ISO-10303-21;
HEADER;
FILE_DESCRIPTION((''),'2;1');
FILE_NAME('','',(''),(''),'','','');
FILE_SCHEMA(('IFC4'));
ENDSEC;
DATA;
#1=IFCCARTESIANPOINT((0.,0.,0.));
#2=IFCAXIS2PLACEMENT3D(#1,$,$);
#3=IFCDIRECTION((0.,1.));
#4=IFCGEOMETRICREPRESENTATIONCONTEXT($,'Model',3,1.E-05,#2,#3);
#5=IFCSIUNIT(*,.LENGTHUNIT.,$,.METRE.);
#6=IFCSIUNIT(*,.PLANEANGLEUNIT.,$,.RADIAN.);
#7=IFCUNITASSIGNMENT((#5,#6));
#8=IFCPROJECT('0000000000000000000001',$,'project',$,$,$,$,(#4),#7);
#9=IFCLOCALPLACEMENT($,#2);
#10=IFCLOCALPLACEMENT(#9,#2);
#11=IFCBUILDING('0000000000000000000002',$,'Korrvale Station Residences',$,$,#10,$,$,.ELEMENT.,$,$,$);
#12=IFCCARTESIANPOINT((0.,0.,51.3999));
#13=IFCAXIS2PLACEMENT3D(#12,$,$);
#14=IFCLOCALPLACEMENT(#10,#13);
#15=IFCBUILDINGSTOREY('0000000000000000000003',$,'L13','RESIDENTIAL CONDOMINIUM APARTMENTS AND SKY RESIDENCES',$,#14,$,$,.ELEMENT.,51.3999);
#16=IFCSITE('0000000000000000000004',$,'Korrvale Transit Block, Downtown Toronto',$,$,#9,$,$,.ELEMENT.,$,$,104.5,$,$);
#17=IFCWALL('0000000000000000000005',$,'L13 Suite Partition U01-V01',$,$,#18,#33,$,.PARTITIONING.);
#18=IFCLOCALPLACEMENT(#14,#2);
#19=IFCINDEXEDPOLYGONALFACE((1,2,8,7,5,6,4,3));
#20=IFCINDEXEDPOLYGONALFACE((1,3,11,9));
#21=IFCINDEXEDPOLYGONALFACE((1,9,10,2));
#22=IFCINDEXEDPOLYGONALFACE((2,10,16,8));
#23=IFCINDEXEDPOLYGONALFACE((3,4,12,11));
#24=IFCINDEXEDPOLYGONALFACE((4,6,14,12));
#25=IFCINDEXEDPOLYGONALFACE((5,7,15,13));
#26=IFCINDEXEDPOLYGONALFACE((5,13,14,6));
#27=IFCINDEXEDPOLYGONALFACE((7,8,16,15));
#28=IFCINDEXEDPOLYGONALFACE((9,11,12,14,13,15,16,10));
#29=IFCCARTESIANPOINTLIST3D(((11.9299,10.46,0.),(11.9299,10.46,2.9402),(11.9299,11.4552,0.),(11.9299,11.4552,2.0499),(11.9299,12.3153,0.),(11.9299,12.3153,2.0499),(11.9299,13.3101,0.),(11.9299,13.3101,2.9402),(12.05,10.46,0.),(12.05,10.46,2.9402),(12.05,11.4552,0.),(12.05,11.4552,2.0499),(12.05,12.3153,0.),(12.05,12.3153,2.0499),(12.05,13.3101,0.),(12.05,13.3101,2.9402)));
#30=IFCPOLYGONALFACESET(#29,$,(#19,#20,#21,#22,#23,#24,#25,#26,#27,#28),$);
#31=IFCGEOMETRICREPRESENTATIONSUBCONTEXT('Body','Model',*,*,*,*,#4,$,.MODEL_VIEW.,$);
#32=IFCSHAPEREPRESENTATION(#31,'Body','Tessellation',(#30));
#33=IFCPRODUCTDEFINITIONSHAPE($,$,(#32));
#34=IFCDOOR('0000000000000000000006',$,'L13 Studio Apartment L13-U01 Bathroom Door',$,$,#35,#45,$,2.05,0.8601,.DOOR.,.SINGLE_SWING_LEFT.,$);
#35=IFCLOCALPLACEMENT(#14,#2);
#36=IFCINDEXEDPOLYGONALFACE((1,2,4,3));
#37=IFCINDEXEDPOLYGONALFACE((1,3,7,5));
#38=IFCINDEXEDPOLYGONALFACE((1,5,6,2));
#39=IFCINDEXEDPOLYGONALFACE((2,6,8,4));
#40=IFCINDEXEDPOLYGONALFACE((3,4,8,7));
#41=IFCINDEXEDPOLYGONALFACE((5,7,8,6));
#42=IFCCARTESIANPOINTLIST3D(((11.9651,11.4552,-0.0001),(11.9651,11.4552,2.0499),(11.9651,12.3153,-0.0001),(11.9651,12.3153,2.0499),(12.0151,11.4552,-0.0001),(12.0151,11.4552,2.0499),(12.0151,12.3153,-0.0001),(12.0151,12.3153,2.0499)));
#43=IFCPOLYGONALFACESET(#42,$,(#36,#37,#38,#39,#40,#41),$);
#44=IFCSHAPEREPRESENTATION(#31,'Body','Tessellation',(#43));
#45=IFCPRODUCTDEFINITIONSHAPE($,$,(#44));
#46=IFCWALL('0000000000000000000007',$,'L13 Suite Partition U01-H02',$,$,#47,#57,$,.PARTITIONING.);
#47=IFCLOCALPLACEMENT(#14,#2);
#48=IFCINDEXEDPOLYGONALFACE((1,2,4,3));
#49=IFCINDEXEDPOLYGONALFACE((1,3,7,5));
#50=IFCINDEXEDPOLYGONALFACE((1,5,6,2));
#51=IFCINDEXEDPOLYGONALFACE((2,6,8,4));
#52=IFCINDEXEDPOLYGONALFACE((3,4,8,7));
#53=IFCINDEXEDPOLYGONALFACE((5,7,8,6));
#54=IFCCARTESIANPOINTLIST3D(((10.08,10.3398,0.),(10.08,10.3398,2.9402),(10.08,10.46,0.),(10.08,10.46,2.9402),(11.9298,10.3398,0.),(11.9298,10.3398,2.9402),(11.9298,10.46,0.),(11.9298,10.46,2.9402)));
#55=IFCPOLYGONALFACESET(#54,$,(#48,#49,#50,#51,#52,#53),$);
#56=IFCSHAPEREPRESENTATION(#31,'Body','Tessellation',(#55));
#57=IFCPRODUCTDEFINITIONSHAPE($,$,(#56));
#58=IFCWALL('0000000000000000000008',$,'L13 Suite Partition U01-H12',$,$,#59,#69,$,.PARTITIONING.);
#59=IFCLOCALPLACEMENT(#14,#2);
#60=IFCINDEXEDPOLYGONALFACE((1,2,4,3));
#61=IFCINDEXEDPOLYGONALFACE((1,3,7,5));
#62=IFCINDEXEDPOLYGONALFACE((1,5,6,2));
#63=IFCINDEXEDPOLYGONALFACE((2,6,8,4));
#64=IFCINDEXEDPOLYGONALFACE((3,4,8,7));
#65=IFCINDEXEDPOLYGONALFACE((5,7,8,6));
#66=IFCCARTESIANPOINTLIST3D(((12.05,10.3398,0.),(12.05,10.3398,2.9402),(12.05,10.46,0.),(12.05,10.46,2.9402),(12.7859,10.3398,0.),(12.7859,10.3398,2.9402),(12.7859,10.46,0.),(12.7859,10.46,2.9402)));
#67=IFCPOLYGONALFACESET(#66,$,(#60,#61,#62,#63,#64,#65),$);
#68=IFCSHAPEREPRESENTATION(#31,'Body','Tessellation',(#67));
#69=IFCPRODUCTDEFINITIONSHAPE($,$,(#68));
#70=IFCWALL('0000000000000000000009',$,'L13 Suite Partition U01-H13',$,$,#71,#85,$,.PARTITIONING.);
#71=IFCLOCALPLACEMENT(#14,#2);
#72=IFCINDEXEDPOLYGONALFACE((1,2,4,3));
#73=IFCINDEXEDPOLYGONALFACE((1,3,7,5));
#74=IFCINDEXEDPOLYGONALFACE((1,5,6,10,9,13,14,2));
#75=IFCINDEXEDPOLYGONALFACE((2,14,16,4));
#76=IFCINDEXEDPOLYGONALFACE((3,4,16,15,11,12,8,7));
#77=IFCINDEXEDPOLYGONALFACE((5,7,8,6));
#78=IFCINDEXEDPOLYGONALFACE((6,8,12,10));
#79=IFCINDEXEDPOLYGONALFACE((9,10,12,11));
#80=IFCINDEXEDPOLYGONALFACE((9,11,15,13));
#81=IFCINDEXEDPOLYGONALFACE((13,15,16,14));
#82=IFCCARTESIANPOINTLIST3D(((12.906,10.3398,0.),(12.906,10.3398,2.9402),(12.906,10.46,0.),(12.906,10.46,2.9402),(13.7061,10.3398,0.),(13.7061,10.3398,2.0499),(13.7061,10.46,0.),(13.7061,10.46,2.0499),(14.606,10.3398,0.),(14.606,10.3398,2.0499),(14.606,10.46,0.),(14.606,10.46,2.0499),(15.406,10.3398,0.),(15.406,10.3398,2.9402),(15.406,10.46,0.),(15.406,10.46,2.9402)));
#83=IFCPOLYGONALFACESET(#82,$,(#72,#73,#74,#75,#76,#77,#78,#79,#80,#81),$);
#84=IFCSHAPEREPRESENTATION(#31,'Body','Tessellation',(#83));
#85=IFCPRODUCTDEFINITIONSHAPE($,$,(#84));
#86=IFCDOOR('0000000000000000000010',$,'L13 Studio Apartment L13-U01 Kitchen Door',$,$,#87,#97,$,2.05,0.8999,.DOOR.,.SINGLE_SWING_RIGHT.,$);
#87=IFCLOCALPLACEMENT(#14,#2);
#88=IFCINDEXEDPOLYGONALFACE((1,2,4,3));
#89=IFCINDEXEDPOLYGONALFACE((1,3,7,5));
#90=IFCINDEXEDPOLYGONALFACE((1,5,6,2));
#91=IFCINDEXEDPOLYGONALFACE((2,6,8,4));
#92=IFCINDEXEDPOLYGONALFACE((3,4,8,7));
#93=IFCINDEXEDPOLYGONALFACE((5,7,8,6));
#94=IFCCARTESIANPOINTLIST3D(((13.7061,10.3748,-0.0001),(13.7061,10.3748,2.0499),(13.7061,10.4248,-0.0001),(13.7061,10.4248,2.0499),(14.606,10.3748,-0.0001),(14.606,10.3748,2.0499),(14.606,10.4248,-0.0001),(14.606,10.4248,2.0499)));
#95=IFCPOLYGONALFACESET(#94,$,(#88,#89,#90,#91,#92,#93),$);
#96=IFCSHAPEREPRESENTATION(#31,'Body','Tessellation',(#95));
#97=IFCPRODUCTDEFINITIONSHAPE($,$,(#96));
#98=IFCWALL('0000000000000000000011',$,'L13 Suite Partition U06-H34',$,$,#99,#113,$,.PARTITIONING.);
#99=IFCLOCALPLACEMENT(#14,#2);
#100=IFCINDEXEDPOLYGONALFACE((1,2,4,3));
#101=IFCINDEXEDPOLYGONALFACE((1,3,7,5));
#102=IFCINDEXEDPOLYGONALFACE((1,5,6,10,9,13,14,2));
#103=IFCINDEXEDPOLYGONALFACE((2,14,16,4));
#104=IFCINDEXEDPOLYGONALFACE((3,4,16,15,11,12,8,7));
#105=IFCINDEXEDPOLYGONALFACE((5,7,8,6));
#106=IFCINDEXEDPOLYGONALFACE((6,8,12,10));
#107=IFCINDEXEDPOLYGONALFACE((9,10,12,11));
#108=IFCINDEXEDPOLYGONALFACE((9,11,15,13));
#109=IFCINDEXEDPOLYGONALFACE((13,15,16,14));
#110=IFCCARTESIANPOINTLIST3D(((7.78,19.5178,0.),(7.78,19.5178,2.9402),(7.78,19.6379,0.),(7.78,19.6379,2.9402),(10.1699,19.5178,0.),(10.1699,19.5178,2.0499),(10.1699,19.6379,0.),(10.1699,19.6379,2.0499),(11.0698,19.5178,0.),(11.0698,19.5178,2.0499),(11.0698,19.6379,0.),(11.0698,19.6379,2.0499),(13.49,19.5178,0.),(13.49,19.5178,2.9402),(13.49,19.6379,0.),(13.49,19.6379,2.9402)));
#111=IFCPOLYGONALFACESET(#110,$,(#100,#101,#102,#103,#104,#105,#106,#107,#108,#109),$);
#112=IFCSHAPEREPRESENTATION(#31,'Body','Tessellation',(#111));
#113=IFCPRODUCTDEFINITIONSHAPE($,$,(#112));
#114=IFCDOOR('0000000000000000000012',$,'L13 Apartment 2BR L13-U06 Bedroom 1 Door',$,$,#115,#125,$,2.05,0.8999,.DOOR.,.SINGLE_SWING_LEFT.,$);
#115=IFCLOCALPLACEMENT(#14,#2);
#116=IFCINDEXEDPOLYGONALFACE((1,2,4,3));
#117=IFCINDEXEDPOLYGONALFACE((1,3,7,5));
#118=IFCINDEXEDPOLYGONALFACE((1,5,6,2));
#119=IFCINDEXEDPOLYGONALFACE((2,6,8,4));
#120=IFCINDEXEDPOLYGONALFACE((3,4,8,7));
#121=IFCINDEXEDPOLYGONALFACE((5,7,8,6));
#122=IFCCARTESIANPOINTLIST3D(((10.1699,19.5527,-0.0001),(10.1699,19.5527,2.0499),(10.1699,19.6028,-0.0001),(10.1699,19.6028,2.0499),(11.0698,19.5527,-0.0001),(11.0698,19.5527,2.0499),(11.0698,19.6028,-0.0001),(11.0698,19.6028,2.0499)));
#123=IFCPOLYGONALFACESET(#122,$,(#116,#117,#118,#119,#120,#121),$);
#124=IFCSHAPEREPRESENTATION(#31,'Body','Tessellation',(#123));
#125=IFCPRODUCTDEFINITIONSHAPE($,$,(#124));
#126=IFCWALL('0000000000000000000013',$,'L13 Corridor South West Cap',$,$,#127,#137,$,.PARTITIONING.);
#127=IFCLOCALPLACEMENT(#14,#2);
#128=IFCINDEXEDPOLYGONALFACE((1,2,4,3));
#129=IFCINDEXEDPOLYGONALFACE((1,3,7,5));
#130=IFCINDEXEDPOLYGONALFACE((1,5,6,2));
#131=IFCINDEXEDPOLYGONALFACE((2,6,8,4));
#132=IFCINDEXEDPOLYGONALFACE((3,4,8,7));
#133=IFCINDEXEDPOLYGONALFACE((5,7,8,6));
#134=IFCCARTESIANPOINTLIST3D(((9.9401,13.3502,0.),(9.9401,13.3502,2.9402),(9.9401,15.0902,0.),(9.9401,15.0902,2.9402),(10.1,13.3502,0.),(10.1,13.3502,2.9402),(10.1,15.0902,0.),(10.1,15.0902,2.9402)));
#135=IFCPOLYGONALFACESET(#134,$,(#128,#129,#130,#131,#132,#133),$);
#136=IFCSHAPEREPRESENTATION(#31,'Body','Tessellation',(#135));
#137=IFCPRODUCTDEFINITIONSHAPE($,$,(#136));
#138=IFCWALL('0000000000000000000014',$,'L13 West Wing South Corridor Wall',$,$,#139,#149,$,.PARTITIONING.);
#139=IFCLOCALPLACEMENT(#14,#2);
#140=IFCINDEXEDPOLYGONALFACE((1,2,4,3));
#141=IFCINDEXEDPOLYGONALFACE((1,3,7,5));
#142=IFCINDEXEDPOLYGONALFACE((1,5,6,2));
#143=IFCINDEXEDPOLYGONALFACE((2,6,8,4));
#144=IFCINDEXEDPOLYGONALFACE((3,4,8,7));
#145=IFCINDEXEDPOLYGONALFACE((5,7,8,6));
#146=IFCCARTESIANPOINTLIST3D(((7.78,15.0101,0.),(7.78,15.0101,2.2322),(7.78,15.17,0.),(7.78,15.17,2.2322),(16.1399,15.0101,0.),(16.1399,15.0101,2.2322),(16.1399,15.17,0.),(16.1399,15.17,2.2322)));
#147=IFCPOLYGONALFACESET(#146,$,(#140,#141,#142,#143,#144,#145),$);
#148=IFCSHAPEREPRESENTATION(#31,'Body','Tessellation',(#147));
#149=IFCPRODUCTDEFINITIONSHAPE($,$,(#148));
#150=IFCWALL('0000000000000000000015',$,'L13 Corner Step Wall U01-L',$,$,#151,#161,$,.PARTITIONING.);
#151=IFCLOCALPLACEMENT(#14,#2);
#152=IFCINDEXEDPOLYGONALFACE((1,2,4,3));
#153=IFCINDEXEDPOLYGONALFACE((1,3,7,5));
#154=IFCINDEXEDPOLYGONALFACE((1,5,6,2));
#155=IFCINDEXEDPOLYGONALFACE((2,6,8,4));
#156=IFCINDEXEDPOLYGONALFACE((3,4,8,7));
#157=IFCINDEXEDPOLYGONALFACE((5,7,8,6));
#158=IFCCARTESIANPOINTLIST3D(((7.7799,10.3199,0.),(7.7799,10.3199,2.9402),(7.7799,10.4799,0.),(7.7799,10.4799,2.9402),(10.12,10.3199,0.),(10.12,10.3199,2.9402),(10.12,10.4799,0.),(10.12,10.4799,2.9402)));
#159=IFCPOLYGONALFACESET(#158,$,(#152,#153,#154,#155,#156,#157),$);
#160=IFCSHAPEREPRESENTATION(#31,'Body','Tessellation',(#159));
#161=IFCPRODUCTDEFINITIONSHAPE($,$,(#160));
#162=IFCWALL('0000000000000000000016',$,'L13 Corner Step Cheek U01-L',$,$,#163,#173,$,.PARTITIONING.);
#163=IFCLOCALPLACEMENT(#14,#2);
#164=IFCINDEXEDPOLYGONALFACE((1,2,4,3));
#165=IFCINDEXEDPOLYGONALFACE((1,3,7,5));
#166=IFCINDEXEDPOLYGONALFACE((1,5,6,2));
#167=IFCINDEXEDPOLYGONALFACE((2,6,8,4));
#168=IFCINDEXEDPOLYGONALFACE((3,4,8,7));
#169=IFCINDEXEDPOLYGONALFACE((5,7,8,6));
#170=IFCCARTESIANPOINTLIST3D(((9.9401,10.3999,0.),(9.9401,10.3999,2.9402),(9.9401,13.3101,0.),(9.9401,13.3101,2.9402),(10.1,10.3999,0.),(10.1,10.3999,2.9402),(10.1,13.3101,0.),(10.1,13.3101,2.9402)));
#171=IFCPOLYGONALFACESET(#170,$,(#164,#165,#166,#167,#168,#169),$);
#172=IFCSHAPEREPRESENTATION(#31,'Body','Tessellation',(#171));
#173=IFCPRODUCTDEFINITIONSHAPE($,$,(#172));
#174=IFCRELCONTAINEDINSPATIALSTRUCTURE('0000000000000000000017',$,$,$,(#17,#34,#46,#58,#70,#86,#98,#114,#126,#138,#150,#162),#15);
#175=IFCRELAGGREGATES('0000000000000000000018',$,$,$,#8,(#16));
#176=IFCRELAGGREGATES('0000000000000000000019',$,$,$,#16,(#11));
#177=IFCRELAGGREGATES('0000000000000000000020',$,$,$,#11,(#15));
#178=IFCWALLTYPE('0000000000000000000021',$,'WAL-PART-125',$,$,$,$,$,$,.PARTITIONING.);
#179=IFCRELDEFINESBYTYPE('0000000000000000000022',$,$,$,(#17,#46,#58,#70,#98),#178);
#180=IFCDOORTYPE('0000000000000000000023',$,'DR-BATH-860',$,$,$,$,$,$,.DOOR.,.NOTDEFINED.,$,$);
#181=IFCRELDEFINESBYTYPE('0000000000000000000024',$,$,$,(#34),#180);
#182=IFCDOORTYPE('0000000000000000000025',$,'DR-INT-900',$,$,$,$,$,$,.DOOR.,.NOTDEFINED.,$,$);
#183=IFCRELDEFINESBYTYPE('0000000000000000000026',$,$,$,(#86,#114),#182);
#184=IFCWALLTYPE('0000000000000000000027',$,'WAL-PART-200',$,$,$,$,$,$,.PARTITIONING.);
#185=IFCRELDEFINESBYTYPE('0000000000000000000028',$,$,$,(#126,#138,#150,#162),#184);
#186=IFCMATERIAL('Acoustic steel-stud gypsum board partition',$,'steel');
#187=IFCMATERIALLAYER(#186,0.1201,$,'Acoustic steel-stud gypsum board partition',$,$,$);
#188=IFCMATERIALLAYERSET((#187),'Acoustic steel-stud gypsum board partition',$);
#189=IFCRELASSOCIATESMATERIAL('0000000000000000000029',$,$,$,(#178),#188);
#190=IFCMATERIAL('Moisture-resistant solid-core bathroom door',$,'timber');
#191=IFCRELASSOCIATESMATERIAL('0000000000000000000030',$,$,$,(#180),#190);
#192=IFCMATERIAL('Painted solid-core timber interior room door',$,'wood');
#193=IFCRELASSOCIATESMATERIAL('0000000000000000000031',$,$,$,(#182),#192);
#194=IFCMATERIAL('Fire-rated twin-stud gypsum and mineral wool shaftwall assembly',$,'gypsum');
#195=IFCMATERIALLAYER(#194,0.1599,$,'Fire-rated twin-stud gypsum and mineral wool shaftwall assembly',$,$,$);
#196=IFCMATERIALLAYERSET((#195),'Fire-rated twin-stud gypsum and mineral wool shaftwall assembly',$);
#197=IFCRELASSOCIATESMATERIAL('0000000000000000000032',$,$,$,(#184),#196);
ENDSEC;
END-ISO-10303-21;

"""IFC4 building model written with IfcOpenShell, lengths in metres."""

from ifc_helpers import new_model, si_unit, direction, frame, frame_2d, origin, place, context, subcontext, project, spatial, rectangle, extrude, material, layer, layer_set, type_object, element, fill, save


model = new_model("IFC4")

# Units and contexts
model_context = context("Model", 3, precision=1e-05, world=origin(), true_north=direction((0.0, 1.0)))
body_context = subcontext(model_context, "Body", "Model", "MODEL_VIEW")
ifc_project = project(units=[si_unit("LENGTHUNIT", "METRE"), si_unit("PLANEANGLEUNIT", "RADIAN")], contexts=[model_context])

# Site, building, storey
site_placement = place(None, origin())
site = spatial("IfcSite", under=ifc_project, at=site_placement, Name="Korrvale Transit Block, Downtown Toronto", CompositionType="ELEMENT", RefElevation=104.5)
building_placement = place(site_placement, origin())
building = spatial("IfcBuilding", under=site, at=building_placement, Name="Korrvale Station Residences", CompositionType="ELEMENT")
storey_placement = place(building_placement, frame((0.0, 0.0, 51.3999)))
storey = spatial("IfcBuildingStorey", under=building, at=storey_placement, Name="L13", Description="RESIDENTIAL CONDOMINIUM APARTMENTS AND SKY RESIDENCES", CompositionType="ELEMENT", Elevation=51.3999)

# Wall, opening, door
ifc_material_1 = material(Name="Acoustic steel-stud gypsum board partition", Category="steel")
ifc_layer_1 = layer(ifc_material_1, 0.1201, Name="Acoustic steel-stud gypsum board partition")
ifc_layer_set_1 = layer_set([ifc_layer_1], Name="Acoustic steel-stud gypsum board partition")
wall_type_1 = type_object("IfcWallType", Name="WAL-PART-125", PredefinedType="PARTITIONING", material=ifc_layer_set_1)
wall_1_placement = place(storey_placement, frame((11.99, 10.46, 0.0), z_axis=(0.0, 0.0, 1.0), x_axis=(0.0, 1.0, 0.0)))
wall_1 = element("IfcWall", 1, at=wall_1_placement, inside=storey, type_object=wall_type_1, Name="L13 Suite Partition U01-V01", PredefinedType="PARTITIONING", context=body_context, shape_type="SweptSolid", body=[
    extrude(rectangle(XDim=2.8501, YDim=0.1201, at=frame_2d((1.425, 0.0))), origin(), (0.0, 0.0, 1.0), 2.9402),
])
opening_1_placement = place(wall_1_placement, frame((0.9951, 0.0, 0.0)))
opening_1 = element("IfcOpeningElement", 2, at=opening_1_placement, cuts=wall_1, PredefinedType="OPENING", context=body_context, shape_type="SweptSolid", body=[
    extrude(rectangle(XDim=0.8601, YDim=2.05, at=frame_2d((0.4302, 1.0249))), frame((0.0, 0.0701, 0.0), z_axis=(0.0, -1.0, 0.0), x_axis=(1.0, 0.0, 0.0)), (0.0, 0.0, 1.0), 0.1401),
])
ifc_material_2 = material(Name="Moisture-resistant solid-core bathroom door", Category="timber")
door_type_1 = type_object("IfcDoorType", Name="DR-BATH-860", OperationType="NOTDEFINED", PredefinedType="DOOR", material=ifc_material_2)
door_1_placement = place(opening_1_placement, origin())
door_1 = element("IfcDoor", 3, at=door_1_placement, inside=storey, type_object=door_type_1, Name="L13 Studio Apartment L13-U01 Bathroom Door", OperationType="SINGLE_SWING_LEFT", OverallHeight=2.05, OverallWidth=0.8601, PredefinedType="DOOR", context=body_context, shape_type="SweptSolid", body=[
    extrude(rectangle(XDim=0.8601, YDim=2.05, at=frame_2d((0.4302, 1.0249))), frame((0.0, 0.0249, 0.0), z_axis=(0.0, -1.0, 0.0), x_axis=(1.0, 0.0, 0.0)), (0.0, 0.0, 1.0), 0.05),
])
fill(opening_1, door_1)

# Walls
wall_2_placement = place(storey_placement, frame((10.0801, 10.3999, 0.0), z_axis=(0.0, 0.0, 1.0), x_axis=(1.0, 0.0, 0.0)))
element("IfcWall", 4, at=wall_2_placement, inside=storey, type_object=wall_type_1, Name="L13 Suite Partition U01-H02", PredefinedType="PARTITIONING", context=body_context, shape_type="SweptSolid", body=[
    extrude(rectangle(XDim=1.8499, YDim=0.1201, at=frame_2d((0.9248, 0.0))), origin(), (0.0, 0.0, 1.0), 2.9402),
])
wall_3_placement = place(storey_placement, frame((12.05, 10.3999, 0.0), z_axis=(0.0, 0.0, 1.0), x_axis=(1.0, 0.0, 0.0)))
element("IfcWall", 5, at=wall_3_placement, inside=storey, type_object=wall_type_1, Name="L13 Suite Partition U01-H12", PredefinedType="PARTITIONING", context=body_context, shape_type="SweptSolid", body=[
    extrude(rectangle(XDim=0.7358, YDim=0.1201, at=frame_2d((0.3679, 0.0))), origin(), (0.0, 0.0, 1.0), 2.9402),
])

# Walls, openings, doors
wall_4_placement = place(storey_placement, frame((12.906, 10.3999, 0.0), z_axis=(0.0, 0.0, 1.0), x_axis=(1.0, 0.0, 0.0)))
wall_4 = element("IfcWall", 6, at=wall_4_placement, inside=storey, type_object=wall_type_1, Name="L13 Suite Partition U01-H13", PredefinedType="PARTITIONING", context=body_context, shape_type="SweptSolid", body=[
    extrude(rectangle(XDim=2.5, YDim=0.1201, at=frame_2d((1.25, 0.0))), origin(), (0.0, 0.0, 1.0), 2.9402),
])
opening_2_placement = place(wall_4_placement, frame((0.8, 0.0, 0.0)))
opening_2 = element("IfcOpeningElement", 7, at=opening_2_placement, cuts=wall_4, PredefinedType="OPENING", context=body_context, shape_type="SweptSolid", body=[
    extrude(rectangle(XDim=0.8999, YDim=2.05, at=frame_2d((0.45, 1.0249))), frame((0.0, 0.0701, 0.0), z_axis=(0.0, -1.0, 0.0), x_axis=(1.0, 0.0, 0.0)), (0.0, 0.0, 1.0), 0.1401),
])
ifc_material_3 = material(Name="Painted solid-core timber interior room door", Category="wood")
door_type_2 = type_object("IfcDoorType", Name="DR-INT-900", OperationType="NOTDEFINED", PredefinedType="DOOR", material=ifc_material_3)
door_2_placement = place(opening_2_placement, origin())
door_2 = element("IfcDoor", 8, at=door_2_placement, inside=storey, type_object=door_type_2, Name="L13 Studio Apartment L13-U01 Kitchen Door", OperationType="SINGLE_SWING_RIGHT", OverallHeight=2.05, OverallWidth=0.8999, PredefinedType="DOOR", context=body_context, shape_type="SweptSolid", body=[
    extrude(rectangle(XDim=0.8999, YDim=2.05, at=frame_2d((0.45, 1.0249))), frame((0.0, 0.0249, 0.0), z_axis=(0.0, -1.0, 0.0), x_axis=(1.0, 0.0, 0.0)), (0.0, 0.0, 1.0), 0.05),
])
fill(opening_2, door_2)
wall_5_placement = place(storey_placement, frame((7.78, 19.5779, 0.0), z_axis=(0.0, 0.0, 1.0), x_axis=(1.0, 0.0, 0.0)))
wall_5 = element("IfcWall", 9, at=wall_5_placement, inside=storey, type_object=wall_type_1, Name="L13 Suite Partition U06-H34", PredefinedType="PARTITIONING", context=body_context, shape_type="SweptSolid", body=[
    extrude(rectangle(XDim=5.71, YDim=0.1201, at=frame_2d((2.855, 0.0))), origin(), (0.0, 0.0, 1.0), 2.9402),
])
opening_3_placement = place(wall_5_placement, frame((2.3899, 0.0, 0.0)))
opening_3 = element("IfcOpeningElement", 10, at=opening_3_placement, cuts=wall_5, PredefinedType="OPENING", context=body_context, shape_type="SweptSolid", body=[
    extrude(rectangle(XDim=0.8999, YDim=2.05, at=frame_2d((0.45, 1.0249))), frame((0.0, 0.0701, 0.0), z_axis=(0.0, -1.0, 0.0), x_axis=(1.0, 0.0, 0.0)), (0.0, 0.0, 1.0), 0.1401),
])
door_3_placement = place(opening_3_placement, origin())
door_3 = element("IfcDoor", 11, at=door_3_placement, inside=storey, type_object=door_type_2, Name="L13 Apartment 2BR L13-U06 Bedroom 1 Door", OperationType="SINGLE_SWING_LEFT", OverallHeight=2.05, OverallWidth=0.8999, PredefinedType="DOOR", context=body_context, shape_type="SweptSolid", body=[
    extrude(rectangle(XDim=0.8999, YDim=2.05, at=frame_2d((0.45, 1.0249))), frame((0.0, 0.0249, 0.0), z_axis=(0.0, -1.0, 0.0), x_axis=(1.0, 0.0, 0.0)), (0.0, 0.0, 1.0), 0.05),
])
fill(opening_3, door_3)

# Walls
ifc_material_4 = material(Name="Fire-rated twin-stud gypsum and mineral wool shaftwall assembly", Category="gypsum")
ifc_layer_2 = layer(ifc_material_4, 0.1599, Name="Fire-rated twin-stud gypsum and mineral wool shaftwall assembly")
ifc_layer_set_2 = layer_set([ifc_layer_2], Name="Fire-rated twin-stud gypsum and mineral wool shaftwall assembly")
wall_type_2 = type_object("IfcWallType", Name="WAL-PART-200", PredefinedType="PARTITIONING", material=ifc_layer_set_2)
wall_6_placement = place(storey_placement, frame((10.02, 13.3501, 0.0), z_axis=(0.0, 0.0, 1.0), x_axis=(0.0, 1.0, 0.0)))
element("IfcWall", 12, at=wall_6_placement, inside=storey, type_object=wall_type_2, Name="L13 Corridor South West Cap", PredefinedType="PARTITIONING", context=body_context, shape_type="SweptSolid", body=[
    extrude(rectangle(XDim=1.74, YDim=0.1599, at=frame_2d((0.8701, 0.0))), origin(), (0.0, 0.0, 1.0), 2.9402),
])
wall_7_placement = place(storey_placement, frame((7.78, 15.0901, 0.0), z_axis=(0.0, 0.0, 1.0), x_axis=(1.0, 0.0, 0.0)))
element("IfcWall", 13, at=wall_7_placement, inside=storey, type_object=wall_type_2, Name="L13 West Wing South Corridor Wall", PredefinedType="PARTITIONING", context=body_context, shape_type="SweptSolid", body=[
    extrude(rectangle(XDim=8.3599, YDim=0.1599, at=frame_2d((4.1799, 0.0))), origin(), (0.0, 0.0, 1.0), 2.2322),
])
wall_8_placement = place(storey_placement, frame((7.78, 10.3999, 0.0), z_axis=(0.0, 0.0, 1.0), x_axis=(1.0, 0.0, 0.0)))
element("IfcWall", 14, at=wall_8_placement, inside=storey, type_object=wall_type_2, Name="L13 Corner Step Wall U01-L", PredefinedType="PARTITIONING", context=body_context, shape_type="SweptSolid", body=[
    extrude(rectangle(XDim=2.3401, YDim=0.1599, at=frame_2d((1.1699, 0.0))), origin(), (0.0, 0.0, 1.0), 2.9402),
])
wall_9_placement = place(storey_placement, frame((10.02, 10.3999, 0.0), z_axis=(0.0, 0.0, 1.0), x_axis=(0.0, 1.0, 0.0)))
element("IfcWall", 15, at=wall_9_placement, inside=storey, type_object=wall_type_2, Name="L13 Corner Step Cheek U01-L", PredefinedType="PARTITIONING", context=body_context, shape_type="SweptSolid", body=[
    extrude(rectangle(XDim=2.9102, YDim=0.1599, at=frame_2d((1.4551, 0.0))), origin(), (0.0, 0.0, 1.0), 2.9402),
])

save(model, "model.ifc")
